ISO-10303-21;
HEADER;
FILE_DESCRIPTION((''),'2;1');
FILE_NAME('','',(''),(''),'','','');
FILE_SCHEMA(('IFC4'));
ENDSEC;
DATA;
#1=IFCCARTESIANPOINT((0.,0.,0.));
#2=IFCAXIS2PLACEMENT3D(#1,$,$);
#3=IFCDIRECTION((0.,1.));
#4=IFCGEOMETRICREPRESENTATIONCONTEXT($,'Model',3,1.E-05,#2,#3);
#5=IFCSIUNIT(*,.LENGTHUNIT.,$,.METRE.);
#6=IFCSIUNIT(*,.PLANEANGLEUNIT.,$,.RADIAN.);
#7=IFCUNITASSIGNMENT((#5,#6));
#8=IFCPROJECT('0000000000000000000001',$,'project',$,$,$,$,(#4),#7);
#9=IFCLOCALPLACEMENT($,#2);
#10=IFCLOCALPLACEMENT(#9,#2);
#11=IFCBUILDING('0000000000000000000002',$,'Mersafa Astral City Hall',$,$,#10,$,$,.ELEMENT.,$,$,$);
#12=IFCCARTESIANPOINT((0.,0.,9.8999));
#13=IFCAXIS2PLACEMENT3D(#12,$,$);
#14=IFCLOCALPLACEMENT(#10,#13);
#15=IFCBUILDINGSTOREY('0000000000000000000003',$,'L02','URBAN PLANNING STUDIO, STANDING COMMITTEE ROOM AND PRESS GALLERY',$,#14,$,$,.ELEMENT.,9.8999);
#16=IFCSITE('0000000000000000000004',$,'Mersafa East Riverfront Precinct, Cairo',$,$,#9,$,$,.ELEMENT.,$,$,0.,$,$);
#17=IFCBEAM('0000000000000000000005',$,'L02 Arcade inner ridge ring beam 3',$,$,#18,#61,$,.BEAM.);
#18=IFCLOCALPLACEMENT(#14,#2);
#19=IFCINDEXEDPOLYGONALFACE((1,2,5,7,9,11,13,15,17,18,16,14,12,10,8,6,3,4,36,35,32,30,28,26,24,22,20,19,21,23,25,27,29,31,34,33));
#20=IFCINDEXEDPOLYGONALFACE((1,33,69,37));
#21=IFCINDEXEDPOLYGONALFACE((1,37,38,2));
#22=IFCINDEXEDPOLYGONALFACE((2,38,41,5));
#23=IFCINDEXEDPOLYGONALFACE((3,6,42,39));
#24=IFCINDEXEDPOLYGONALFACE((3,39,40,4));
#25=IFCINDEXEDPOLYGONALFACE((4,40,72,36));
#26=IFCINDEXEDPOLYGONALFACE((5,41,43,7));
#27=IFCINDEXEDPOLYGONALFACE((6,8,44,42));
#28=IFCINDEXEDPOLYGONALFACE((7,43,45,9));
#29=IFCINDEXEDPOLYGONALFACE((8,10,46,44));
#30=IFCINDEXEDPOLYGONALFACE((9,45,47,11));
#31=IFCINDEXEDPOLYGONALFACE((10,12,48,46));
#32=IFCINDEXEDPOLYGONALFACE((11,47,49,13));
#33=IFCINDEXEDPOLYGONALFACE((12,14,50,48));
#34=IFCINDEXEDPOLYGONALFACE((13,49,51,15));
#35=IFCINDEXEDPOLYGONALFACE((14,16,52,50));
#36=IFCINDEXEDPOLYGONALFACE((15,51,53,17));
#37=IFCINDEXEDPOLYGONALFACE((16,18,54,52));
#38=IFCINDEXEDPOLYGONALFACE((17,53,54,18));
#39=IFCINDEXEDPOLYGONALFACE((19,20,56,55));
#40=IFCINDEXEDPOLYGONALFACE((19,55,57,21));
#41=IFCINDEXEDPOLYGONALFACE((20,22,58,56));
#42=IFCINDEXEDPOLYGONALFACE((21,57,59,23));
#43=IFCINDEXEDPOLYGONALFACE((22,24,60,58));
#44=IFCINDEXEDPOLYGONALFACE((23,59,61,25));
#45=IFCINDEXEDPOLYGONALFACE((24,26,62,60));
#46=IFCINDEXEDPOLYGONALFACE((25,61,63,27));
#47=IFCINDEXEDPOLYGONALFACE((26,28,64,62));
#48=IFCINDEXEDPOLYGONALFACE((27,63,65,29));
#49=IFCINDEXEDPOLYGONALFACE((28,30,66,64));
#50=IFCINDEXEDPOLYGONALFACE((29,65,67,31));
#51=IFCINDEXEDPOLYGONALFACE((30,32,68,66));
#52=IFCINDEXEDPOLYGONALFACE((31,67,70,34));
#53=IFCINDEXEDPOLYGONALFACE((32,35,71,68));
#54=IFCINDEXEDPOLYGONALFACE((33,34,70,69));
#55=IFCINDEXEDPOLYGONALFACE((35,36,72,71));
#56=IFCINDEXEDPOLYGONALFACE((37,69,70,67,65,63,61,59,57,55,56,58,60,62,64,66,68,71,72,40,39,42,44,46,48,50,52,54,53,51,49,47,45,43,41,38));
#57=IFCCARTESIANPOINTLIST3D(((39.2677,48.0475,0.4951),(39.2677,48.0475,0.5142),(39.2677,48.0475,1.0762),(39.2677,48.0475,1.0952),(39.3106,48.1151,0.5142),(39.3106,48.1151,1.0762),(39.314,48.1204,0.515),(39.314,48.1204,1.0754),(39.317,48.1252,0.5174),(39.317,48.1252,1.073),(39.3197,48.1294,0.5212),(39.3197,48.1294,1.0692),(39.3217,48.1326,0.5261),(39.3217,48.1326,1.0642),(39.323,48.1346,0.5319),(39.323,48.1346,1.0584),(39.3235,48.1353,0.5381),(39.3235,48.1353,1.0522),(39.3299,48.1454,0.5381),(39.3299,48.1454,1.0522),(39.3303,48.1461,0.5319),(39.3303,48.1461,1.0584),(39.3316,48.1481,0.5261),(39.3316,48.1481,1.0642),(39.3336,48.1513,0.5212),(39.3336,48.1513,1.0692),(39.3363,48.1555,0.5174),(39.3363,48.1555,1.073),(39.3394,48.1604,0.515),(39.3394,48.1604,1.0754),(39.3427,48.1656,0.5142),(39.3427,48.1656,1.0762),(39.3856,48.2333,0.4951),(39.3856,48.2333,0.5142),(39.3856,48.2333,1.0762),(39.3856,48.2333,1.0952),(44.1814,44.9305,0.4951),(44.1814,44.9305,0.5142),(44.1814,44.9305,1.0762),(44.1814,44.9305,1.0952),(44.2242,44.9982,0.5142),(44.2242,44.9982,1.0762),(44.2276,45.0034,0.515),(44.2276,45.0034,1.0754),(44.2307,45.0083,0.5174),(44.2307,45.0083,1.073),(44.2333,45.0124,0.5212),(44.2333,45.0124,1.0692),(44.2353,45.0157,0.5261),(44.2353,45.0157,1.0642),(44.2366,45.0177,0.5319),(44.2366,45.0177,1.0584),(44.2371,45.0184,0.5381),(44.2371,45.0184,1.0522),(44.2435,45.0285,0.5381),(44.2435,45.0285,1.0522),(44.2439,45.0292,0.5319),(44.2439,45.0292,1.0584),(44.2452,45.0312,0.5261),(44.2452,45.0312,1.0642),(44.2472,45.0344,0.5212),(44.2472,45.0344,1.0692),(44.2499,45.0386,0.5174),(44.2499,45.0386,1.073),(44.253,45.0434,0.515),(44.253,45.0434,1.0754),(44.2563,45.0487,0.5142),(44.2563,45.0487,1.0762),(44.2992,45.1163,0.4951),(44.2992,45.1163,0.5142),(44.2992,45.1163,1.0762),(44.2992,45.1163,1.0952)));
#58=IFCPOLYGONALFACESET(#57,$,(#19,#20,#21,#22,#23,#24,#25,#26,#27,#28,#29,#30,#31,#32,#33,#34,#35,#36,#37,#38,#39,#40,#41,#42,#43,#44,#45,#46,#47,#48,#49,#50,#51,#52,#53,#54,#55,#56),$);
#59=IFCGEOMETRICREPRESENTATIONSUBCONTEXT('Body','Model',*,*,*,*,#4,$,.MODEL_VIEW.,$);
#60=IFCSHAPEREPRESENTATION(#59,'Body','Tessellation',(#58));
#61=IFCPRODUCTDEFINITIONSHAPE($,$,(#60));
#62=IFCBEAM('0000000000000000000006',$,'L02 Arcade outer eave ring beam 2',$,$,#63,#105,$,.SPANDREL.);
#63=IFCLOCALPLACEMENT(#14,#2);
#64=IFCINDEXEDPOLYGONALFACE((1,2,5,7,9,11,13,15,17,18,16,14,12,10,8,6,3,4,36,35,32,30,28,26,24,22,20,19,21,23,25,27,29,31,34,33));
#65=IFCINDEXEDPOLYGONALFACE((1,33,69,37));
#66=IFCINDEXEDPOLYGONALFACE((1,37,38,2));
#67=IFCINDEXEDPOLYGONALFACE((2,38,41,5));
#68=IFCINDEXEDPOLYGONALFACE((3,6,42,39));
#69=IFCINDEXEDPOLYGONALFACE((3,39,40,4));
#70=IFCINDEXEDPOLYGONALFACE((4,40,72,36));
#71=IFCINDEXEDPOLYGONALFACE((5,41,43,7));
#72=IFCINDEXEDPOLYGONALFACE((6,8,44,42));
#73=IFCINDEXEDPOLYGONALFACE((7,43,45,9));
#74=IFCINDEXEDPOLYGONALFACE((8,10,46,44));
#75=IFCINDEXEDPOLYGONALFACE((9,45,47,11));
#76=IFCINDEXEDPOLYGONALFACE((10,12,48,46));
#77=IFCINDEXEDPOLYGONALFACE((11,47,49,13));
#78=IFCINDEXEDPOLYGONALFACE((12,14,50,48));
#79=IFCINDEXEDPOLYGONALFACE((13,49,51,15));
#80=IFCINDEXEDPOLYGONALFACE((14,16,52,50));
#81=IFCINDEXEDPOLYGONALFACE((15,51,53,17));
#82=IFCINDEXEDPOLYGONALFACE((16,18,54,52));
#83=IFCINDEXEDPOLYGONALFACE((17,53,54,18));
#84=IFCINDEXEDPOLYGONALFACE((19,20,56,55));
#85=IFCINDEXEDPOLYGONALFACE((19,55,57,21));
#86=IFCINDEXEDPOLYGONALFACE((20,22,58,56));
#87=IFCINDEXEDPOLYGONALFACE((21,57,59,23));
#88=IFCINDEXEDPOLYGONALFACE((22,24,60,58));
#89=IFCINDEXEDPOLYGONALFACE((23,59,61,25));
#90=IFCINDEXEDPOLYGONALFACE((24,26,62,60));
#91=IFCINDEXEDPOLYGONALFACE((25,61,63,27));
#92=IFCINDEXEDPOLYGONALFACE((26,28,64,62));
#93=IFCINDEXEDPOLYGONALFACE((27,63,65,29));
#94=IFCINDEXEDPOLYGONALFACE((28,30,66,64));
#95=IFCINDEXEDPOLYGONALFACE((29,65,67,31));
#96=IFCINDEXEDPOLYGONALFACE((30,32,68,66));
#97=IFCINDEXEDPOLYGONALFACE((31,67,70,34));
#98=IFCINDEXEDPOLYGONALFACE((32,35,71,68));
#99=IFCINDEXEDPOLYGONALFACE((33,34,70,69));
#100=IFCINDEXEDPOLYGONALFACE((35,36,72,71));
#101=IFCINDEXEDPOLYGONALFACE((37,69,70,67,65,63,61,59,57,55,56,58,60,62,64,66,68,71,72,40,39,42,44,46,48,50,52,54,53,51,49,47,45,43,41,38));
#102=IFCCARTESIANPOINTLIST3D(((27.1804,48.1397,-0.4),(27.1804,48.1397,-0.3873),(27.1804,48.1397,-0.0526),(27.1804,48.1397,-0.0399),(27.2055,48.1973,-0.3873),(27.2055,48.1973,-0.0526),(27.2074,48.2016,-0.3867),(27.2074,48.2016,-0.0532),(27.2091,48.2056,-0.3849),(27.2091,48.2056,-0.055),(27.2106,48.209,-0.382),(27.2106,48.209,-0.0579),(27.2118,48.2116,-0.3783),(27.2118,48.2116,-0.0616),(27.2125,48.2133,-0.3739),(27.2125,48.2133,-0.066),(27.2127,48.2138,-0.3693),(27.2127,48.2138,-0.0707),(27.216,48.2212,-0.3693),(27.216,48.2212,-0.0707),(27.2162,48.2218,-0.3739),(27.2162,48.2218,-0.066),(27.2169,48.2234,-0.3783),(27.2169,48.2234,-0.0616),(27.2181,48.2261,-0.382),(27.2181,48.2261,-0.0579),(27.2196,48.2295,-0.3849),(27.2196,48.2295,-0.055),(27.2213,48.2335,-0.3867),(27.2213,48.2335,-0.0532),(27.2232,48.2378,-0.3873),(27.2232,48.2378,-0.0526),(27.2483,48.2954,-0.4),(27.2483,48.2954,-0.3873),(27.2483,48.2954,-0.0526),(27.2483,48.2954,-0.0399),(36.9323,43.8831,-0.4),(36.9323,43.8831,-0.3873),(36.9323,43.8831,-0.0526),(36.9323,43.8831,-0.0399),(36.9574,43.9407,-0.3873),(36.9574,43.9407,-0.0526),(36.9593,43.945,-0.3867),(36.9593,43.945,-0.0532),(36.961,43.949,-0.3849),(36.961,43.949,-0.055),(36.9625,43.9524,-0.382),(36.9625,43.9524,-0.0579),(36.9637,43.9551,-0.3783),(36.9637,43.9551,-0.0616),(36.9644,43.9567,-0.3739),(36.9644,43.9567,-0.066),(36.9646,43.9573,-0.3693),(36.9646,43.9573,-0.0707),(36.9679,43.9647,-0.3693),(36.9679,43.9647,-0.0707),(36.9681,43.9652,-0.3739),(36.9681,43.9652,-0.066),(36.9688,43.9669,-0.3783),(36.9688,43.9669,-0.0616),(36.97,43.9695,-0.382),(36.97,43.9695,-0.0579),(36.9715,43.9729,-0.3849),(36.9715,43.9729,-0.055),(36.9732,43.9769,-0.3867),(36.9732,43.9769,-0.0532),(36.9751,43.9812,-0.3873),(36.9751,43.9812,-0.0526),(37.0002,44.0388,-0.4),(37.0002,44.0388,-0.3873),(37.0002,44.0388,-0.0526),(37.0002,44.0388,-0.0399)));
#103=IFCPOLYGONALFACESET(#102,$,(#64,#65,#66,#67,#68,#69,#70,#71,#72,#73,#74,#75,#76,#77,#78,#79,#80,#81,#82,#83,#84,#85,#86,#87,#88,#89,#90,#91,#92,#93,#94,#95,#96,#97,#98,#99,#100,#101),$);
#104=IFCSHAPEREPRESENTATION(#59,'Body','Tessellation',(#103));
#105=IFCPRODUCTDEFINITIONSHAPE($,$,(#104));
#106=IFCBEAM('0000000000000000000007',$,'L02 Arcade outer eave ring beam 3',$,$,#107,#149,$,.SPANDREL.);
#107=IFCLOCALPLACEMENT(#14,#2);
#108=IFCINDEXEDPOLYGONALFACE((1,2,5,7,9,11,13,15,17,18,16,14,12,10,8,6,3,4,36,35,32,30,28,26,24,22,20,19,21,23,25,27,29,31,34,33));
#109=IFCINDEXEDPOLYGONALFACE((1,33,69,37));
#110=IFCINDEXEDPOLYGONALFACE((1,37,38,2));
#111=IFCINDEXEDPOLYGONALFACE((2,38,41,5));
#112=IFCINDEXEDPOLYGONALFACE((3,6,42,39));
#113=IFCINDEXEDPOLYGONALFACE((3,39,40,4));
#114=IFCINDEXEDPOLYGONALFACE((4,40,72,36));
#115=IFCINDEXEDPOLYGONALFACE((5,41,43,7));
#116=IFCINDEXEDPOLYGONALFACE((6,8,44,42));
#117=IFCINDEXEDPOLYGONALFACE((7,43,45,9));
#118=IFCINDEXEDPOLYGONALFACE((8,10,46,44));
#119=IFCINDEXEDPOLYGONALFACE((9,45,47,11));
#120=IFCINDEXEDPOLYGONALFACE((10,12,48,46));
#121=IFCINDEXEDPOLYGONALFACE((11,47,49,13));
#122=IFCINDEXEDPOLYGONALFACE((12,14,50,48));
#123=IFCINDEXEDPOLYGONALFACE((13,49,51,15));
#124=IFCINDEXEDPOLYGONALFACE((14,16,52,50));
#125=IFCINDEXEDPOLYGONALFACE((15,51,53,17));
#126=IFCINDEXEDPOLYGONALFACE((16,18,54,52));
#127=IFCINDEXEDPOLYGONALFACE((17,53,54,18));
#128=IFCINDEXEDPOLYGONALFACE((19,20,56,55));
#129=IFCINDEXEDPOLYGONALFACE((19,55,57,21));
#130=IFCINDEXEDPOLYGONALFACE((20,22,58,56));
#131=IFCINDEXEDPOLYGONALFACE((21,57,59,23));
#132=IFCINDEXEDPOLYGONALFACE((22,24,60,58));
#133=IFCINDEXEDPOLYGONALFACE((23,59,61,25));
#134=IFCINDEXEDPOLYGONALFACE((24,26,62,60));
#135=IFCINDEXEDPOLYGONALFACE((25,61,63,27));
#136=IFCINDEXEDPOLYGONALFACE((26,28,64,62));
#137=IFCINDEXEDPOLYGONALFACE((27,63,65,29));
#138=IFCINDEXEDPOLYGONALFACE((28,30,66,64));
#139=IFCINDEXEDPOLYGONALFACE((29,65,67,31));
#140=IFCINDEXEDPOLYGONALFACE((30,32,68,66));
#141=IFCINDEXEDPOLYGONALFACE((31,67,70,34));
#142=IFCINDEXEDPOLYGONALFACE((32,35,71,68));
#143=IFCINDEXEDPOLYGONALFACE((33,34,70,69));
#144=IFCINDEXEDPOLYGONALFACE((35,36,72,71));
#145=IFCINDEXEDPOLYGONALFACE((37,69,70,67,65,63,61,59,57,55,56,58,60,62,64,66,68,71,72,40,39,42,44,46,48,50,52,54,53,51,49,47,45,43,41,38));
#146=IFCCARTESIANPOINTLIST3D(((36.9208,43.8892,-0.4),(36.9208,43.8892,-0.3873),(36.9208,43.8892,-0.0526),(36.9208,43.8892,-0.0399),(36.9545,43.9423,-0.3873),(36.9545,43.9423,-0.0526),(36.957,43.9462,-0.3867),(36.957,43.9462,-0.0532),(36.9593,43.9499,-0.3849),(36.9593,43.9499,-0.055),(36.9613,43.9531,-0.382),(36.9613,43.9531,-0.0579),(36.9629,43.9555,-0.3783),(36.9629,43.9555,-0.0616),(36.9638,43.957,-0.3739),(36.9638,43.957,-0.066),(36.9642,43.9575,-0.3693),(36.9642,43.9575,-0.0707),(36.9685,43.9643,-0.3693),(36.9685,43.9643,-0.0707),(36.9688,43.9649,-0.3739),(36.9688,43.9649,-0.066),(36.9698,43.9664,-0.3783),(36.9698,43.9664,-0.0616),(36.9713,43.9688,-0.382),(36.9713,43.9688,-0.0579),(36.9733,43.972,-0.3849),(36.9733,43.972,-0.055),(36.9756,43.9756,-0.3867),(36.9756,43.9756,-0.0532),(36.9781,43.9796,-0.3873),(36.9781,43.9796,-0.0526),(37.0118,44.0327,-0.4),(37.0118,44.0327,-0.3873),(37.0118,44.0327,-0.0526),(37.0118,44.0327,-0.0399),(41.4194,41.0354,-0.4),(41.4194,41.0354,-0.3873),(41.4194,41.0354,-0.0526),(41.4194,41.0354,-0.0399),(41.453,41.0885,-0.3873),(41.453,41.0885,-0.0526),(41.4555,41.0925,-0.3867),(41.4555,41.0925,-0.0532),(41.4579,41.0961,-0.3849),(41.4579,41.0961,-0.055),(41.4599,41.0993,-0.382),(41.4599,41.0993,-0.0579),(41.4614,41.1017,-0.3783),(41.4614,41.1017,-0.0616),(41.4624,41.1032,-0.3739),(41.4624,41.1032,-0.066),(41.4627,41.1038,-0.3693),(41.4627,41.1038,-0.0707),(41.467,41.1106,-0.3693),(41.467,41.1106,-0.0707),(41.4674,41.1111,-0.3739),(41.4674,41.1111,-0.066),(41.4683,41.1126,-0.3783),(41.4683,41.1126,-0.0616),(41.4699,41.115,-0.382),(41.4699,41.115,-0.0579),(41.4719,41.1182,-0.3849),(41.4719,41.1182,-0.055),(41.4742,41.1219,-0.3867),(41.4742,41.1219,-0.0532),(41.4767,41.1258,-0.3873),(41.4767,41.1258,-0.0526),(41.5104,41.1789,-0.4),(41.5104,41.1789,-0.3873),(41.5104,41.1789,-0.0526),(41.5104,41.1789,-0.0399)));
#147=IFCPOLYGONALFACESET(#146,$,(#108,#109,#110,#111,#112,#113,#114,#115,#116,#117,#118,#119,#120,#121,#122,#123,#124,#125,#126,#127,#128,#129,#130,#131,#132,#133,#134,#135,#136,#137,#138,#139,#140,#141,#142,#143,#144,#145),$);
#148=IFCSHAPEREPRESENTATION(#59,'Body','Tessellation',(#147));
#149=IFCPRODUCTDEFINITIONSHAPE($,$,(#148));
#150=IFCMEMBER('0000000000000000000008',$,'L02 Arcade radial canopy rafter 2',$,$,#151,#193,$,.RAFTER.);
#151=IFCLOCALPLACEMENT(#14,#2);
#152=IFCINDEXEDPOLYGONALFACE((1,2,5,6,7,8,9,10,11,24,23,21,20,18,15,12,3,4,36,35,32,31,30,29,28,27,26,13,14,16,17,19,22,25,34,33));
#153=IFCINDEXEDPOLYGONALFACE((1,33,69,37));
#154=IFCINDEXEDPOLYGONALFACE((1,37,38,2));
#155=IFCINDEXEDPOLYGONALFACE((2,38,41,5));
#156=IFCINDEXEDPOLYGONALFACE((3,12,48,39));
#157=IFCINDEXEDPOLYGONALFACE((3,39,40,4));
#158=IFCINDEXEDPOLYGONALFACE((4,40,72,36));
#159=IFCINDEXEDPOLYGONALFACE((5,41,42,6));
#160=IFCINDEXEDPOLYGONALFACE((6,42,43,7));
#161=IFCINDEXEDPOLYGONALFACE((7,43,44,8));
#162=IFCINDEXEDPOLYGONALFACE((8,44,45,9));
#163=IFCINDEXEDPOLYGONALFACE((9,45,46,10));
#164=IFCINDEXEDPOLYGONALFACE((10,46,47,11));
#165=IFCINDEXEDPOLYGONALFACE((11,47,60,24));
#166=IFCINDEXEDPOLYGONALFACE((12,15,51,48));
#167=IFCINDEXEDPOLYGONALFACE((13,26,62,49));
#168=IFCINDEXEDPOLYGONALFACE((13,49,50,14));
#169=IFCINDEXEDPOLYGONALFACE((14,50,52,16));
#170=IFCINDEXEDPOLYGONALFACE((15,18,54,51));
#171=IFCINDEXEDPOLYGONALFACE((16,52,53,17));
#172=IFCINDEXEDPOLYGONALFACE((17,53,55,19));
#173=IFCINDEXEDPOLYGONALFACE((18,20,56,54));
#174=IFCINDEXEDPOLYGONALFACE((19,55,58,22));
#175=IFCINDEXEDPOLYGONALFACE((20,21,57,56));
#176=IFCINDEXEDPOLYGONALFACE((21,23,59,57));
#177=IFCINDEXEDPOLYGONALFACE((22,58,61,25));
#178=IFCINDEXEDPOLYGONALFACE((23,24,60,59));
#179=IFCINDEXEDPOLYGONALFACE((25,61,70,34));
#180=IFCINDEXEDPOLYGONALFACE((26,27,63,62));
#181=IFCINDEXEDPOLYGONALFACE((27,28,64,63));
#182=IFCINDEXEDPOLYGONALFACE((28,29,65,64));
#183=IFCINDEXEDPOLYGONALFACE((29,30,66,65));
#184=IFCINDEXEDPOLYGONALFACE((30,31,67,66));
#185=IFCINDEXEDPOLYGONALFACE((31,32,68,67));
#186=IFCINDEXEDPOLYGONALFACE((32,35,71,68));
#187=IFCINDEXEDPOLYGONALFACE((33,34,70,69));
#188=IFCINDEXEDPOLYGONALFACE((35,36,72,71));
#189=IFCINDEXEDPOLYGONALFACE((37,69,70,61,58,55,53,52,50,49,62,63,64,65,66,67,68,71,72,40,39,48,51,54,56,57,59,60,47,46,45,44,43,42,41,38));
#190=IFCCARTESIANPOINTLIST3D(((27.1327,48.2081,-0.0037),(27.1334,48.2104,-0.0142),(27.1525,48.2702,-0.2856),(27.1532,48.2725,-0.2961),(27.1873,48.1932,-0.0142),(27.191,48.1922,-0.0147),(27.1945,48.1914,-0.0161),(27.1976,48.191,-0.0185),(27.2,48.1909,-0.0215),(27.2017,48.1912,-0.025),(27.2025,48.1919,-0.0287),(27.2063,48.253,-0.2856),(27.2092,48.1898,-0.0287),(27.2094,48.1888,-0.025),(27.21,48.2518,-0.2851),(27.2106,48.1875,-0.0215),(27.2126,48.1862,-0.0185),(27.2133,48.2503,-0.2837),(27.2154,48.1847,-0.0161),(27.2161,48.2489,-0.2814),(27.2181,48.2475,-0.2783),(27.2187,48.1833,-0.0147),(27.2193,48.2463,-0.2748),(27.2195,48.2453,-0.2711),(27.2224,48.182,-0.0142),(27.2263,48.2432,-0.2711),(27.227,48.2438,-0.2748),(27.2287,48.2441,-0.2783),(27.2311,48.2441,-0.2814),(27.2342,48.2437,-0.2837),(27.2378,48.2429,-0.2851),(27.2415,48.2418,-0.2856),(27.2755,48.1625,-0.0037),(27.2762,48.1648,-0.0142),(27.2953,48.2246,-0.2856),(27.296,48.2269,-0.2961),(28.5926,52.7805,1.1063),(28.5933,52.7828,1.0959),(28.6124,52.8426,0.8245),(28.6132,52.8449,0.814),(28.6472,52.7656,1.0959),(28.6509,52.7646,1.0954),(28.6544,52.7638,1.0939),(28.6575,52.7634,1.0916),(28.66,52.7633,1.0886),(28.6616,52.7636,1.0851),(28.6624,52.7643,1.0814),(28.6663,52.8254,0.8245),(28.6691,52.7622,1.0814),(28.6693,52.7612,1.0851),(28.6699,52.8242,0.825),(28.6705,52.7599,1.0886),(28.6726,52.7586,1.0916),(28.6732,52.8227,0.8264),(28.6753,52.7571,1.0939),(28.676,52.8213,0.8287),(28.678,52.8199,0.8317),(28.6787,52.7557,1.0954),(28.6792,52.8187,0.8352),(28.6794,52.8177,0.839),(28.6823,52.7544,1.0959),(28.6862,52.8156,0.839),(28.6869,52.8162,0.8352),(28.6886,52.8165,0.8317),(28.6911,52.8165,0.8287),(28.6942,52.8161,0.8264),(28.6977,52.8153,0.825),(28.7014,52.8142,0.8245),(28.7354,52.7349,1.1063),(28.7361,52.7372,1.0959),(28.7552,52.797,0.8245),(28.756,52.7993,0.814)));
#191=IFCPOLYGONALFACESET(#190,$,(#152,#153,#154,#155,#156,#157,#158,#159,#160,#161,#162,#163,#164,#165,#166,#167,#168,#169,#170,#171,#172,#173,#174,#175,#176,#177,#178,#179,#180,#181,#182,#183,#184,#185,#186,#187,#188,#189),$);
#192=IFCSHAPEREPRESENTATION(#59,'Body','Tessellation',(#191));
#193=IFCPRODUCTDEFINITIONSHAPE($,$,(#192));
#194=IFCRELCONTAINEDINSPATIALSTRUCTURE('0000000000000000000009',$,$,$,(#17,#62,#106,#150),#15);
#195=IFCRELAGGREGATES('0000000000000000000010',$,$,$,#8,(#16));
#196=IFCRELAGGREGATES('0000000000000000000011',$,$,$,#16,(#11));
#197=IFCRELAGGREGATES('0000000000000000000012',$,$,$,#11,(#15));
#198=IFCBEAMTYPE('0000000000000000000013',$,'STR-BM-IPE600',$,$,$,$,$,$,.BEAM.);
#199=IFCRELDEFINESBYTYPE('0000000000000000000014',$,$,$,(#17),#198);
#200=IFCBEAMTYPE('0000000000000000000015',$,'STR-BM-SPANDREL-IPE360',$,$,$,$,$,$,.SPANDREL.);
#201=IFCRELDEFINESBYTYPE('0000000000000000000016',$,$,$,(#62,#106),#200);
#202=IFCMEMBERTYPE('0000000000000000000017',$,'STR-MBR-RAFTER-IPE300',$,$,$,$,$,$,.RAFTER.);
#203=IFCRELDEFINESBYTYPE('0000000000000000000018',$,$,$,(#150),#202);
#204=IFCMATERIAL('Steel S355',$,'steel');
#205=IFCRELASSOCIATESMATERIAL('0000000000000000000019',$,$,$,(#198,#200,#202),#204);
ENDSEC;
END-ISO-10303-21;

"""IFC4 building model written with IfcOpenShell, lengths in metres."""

from ifc_helpers import new_model, si_unit, direction, frame, origin, origin_2d, place, context, subcontext, project, spatial, i_section, extrude, material, material_profile, profile_set, type_object, element, save


model = new_model("IFC4")

# Units and contexts
model_context = context("Model", 3, precision=1e-05, world=origin(), true_north=direction((0.0, 1.0)))
body_context = subcontext(model_context, "Body", "Model", "MODEL_VIEW")
ifc_project = project(units=[si_unit("LENGTHUNIT", "METRE"), si_unit("PLANEANGLEUNIT", "RADIAN")], contexts=[model_context])

# Site, building, storey
site_placement = place(None, origin())
site = spatial("IfcSite", under=ifc_project, at=site_placement, Name="Mersafa East Riverfront Precinct, Cairo", CompositionType="ELEMENT", RefElevation=0.0)
building_placement = place(site_placement, origin())
building = spatial("IfcBuilding", under=site, at=building_placement, Name="Mersafa Astral City Hall", CompositionType="ELEMENT")
storey_placement = place(building_placement, frame((0.0, 0.0, 9.8999)))
storey = spatial("IfcBuildingStorey", under=building, at=storey_placement, Name="L02", Description="URBAN PLANNING STUDIO, STANDING COMMITTEE ROOM AND PRESS GALLERY", CompositionType="ELEMENT", Elevation=9.8999)

# Beams
ifc_material_1 = material(Name="Steel S355", Category="steel")
ifc_material_profile_1 = material_profile(ifc_material_1, i_section(OverallWidth=0.22, OverallDepth=0.6001, WebThickness=0.012, FlangeThickness=0.019, FilletRadius=0.0239, at=origin_2d()), Name="IPE 600")
ifc_profile_set_1 = profile_set([ifc_material_profile_1], Name="Steel S355")
beam_type_1 = type_object("IfcBeamType", Name="STR-BM-IPE600", PredefinedType="BEAM", material=ifc_profile_set_1)
beam_1_placement = place(storey_placement, frame((39.3267, 48.1404, 0.7952), z_axis=(0.844429, -0.535667, 0.0), x_axis=(0.535667, 0.844429, 0.0)))
element("IfcBeam", 1, at=beam_1_placement, inside=storey, type_object=beam_type_1, Name="L02 Arcade inner ridge ring beam 3", PredefinedType="BEAM", context=body_context, shape_type="SweptSolid", body=[
    extrude(i_section(OverallWidth=0.22, OverallDepth=0.6001, WebThickness=0.012, FlangeThickness=0.019, FilletRadius=0.0239, at=origin_2d()), origin(), (0.0, 0.0, 1.0), 5.8188),
])
ifc_material_profile_2 = material_profile(ifc_material_1, i_section(OverallWidth=0.1699, OverallDepth=0.3601, WebThickness=0.0081, FlangeThickness=0.0127, FilletRadius=0.0181, at=origin_2d()), Name="IPE 360")
ifc_profile_set_2 = profile_set([ifc_material_profile_2], Name="Steel S355")
beam_type_2 = type_object("IfcBeamType", Name="STR-BM-SPANDREL-IPE360", PredefinedType="SPANDREL", material=ifc_profile_set_2)
beam_2_placement = place(storey_placement, frame((27.2144, 48.2175, -0.22), z_axis=(0.916498, -0.400039, 0.0), x_axis=(0.400039, 0.916498, 0.0)))
element("IfcBeam", 2, at=beam_2_placement, inside=storey, type_object=beam_type_2, Name="L02 Arcade outer eave ring beam 2", PredefinedType="SPANDREL", context=body_context, shape_type="SweptSolid", body=[
    extrude(i_section(OverallWidth=0.1699, OverallDepth=0.3601, WebThickness=0.0081, FlangeThickness=0.0127, FilletRadius=0.0181, at=origin_2d()), origin(), (0.0, 0.0, 1.0), 10.6404),
])
beam_3_placement = place(storey_placement, frame((36.9663, 43.9609, -0.22), z_axis=(0.844421, -0.53568, 0.0), x_axis=(0.53568, 0.844421, 0.0)))
element("IfcBeam", 3, at=beam_3_placement, inside=storey, type_object=beam_type_2, Name="L02 Arcade outer eave ring beam 3", PredefinedType="SPANDREL", context=body_context, shape_type="SweptSolid", body=[
    extrude(i_section(OverallWidth=0.1699, OverallDepth=0.3601, WebThickness=0.0081, FlangeThickness=0.0127, FilletRadius=0.0181, at=origin_2d()), origin(), (0.0, 0.0, 1.0), 5.3274),
])

# Member
ifc_material_profile_3 = material_profile(ifc_material_1, i_section(OverallWidth=0.1499, OverallDepth=0.3, WebThickness=0.0071, FlangeThickness=0.0107, FilletRadius=0.0149, at=origin_2d()), Name="IPE 300")
ifc_profile_set_3 = profile_set([ifc_material_profile_3], Name="Steel S355")
member_type = type_object("IfcMemberType", Name="STR-MBR-RAFTER-IPE300", PredefinedType="RAFTER", material=ifc_profile_set_3)
for number, where, z_axis, x_axis, name in (
    (4, (27.2144, 48.2175, -0.1499), (0.296341, 0.928121, 0.225328), (-0.95262, 0.304163, 0.0), "L02 Arcade radial canopy rafter 2"),
):
    element("IfcMember", number, at=place(storey_placement, frame(where, z_axis=z_axis, x_axis=x_axis)), inside=storey, type_object=member_type, Name=name, PredefinedType="RAFTER", context=body_context, shape_type="SweptSolid", body=[
        extrude(i_section(OverallWidth=0.1499, OverallDepth=0.3, WebThickness=0.0071, FlangeThickness=0.0107, FilletRadius=0.0149, at=origin_2d()), origin(), (0.0, 0.0, 1.0), 4.9265),
    ])

save(model, "model.ifc")
